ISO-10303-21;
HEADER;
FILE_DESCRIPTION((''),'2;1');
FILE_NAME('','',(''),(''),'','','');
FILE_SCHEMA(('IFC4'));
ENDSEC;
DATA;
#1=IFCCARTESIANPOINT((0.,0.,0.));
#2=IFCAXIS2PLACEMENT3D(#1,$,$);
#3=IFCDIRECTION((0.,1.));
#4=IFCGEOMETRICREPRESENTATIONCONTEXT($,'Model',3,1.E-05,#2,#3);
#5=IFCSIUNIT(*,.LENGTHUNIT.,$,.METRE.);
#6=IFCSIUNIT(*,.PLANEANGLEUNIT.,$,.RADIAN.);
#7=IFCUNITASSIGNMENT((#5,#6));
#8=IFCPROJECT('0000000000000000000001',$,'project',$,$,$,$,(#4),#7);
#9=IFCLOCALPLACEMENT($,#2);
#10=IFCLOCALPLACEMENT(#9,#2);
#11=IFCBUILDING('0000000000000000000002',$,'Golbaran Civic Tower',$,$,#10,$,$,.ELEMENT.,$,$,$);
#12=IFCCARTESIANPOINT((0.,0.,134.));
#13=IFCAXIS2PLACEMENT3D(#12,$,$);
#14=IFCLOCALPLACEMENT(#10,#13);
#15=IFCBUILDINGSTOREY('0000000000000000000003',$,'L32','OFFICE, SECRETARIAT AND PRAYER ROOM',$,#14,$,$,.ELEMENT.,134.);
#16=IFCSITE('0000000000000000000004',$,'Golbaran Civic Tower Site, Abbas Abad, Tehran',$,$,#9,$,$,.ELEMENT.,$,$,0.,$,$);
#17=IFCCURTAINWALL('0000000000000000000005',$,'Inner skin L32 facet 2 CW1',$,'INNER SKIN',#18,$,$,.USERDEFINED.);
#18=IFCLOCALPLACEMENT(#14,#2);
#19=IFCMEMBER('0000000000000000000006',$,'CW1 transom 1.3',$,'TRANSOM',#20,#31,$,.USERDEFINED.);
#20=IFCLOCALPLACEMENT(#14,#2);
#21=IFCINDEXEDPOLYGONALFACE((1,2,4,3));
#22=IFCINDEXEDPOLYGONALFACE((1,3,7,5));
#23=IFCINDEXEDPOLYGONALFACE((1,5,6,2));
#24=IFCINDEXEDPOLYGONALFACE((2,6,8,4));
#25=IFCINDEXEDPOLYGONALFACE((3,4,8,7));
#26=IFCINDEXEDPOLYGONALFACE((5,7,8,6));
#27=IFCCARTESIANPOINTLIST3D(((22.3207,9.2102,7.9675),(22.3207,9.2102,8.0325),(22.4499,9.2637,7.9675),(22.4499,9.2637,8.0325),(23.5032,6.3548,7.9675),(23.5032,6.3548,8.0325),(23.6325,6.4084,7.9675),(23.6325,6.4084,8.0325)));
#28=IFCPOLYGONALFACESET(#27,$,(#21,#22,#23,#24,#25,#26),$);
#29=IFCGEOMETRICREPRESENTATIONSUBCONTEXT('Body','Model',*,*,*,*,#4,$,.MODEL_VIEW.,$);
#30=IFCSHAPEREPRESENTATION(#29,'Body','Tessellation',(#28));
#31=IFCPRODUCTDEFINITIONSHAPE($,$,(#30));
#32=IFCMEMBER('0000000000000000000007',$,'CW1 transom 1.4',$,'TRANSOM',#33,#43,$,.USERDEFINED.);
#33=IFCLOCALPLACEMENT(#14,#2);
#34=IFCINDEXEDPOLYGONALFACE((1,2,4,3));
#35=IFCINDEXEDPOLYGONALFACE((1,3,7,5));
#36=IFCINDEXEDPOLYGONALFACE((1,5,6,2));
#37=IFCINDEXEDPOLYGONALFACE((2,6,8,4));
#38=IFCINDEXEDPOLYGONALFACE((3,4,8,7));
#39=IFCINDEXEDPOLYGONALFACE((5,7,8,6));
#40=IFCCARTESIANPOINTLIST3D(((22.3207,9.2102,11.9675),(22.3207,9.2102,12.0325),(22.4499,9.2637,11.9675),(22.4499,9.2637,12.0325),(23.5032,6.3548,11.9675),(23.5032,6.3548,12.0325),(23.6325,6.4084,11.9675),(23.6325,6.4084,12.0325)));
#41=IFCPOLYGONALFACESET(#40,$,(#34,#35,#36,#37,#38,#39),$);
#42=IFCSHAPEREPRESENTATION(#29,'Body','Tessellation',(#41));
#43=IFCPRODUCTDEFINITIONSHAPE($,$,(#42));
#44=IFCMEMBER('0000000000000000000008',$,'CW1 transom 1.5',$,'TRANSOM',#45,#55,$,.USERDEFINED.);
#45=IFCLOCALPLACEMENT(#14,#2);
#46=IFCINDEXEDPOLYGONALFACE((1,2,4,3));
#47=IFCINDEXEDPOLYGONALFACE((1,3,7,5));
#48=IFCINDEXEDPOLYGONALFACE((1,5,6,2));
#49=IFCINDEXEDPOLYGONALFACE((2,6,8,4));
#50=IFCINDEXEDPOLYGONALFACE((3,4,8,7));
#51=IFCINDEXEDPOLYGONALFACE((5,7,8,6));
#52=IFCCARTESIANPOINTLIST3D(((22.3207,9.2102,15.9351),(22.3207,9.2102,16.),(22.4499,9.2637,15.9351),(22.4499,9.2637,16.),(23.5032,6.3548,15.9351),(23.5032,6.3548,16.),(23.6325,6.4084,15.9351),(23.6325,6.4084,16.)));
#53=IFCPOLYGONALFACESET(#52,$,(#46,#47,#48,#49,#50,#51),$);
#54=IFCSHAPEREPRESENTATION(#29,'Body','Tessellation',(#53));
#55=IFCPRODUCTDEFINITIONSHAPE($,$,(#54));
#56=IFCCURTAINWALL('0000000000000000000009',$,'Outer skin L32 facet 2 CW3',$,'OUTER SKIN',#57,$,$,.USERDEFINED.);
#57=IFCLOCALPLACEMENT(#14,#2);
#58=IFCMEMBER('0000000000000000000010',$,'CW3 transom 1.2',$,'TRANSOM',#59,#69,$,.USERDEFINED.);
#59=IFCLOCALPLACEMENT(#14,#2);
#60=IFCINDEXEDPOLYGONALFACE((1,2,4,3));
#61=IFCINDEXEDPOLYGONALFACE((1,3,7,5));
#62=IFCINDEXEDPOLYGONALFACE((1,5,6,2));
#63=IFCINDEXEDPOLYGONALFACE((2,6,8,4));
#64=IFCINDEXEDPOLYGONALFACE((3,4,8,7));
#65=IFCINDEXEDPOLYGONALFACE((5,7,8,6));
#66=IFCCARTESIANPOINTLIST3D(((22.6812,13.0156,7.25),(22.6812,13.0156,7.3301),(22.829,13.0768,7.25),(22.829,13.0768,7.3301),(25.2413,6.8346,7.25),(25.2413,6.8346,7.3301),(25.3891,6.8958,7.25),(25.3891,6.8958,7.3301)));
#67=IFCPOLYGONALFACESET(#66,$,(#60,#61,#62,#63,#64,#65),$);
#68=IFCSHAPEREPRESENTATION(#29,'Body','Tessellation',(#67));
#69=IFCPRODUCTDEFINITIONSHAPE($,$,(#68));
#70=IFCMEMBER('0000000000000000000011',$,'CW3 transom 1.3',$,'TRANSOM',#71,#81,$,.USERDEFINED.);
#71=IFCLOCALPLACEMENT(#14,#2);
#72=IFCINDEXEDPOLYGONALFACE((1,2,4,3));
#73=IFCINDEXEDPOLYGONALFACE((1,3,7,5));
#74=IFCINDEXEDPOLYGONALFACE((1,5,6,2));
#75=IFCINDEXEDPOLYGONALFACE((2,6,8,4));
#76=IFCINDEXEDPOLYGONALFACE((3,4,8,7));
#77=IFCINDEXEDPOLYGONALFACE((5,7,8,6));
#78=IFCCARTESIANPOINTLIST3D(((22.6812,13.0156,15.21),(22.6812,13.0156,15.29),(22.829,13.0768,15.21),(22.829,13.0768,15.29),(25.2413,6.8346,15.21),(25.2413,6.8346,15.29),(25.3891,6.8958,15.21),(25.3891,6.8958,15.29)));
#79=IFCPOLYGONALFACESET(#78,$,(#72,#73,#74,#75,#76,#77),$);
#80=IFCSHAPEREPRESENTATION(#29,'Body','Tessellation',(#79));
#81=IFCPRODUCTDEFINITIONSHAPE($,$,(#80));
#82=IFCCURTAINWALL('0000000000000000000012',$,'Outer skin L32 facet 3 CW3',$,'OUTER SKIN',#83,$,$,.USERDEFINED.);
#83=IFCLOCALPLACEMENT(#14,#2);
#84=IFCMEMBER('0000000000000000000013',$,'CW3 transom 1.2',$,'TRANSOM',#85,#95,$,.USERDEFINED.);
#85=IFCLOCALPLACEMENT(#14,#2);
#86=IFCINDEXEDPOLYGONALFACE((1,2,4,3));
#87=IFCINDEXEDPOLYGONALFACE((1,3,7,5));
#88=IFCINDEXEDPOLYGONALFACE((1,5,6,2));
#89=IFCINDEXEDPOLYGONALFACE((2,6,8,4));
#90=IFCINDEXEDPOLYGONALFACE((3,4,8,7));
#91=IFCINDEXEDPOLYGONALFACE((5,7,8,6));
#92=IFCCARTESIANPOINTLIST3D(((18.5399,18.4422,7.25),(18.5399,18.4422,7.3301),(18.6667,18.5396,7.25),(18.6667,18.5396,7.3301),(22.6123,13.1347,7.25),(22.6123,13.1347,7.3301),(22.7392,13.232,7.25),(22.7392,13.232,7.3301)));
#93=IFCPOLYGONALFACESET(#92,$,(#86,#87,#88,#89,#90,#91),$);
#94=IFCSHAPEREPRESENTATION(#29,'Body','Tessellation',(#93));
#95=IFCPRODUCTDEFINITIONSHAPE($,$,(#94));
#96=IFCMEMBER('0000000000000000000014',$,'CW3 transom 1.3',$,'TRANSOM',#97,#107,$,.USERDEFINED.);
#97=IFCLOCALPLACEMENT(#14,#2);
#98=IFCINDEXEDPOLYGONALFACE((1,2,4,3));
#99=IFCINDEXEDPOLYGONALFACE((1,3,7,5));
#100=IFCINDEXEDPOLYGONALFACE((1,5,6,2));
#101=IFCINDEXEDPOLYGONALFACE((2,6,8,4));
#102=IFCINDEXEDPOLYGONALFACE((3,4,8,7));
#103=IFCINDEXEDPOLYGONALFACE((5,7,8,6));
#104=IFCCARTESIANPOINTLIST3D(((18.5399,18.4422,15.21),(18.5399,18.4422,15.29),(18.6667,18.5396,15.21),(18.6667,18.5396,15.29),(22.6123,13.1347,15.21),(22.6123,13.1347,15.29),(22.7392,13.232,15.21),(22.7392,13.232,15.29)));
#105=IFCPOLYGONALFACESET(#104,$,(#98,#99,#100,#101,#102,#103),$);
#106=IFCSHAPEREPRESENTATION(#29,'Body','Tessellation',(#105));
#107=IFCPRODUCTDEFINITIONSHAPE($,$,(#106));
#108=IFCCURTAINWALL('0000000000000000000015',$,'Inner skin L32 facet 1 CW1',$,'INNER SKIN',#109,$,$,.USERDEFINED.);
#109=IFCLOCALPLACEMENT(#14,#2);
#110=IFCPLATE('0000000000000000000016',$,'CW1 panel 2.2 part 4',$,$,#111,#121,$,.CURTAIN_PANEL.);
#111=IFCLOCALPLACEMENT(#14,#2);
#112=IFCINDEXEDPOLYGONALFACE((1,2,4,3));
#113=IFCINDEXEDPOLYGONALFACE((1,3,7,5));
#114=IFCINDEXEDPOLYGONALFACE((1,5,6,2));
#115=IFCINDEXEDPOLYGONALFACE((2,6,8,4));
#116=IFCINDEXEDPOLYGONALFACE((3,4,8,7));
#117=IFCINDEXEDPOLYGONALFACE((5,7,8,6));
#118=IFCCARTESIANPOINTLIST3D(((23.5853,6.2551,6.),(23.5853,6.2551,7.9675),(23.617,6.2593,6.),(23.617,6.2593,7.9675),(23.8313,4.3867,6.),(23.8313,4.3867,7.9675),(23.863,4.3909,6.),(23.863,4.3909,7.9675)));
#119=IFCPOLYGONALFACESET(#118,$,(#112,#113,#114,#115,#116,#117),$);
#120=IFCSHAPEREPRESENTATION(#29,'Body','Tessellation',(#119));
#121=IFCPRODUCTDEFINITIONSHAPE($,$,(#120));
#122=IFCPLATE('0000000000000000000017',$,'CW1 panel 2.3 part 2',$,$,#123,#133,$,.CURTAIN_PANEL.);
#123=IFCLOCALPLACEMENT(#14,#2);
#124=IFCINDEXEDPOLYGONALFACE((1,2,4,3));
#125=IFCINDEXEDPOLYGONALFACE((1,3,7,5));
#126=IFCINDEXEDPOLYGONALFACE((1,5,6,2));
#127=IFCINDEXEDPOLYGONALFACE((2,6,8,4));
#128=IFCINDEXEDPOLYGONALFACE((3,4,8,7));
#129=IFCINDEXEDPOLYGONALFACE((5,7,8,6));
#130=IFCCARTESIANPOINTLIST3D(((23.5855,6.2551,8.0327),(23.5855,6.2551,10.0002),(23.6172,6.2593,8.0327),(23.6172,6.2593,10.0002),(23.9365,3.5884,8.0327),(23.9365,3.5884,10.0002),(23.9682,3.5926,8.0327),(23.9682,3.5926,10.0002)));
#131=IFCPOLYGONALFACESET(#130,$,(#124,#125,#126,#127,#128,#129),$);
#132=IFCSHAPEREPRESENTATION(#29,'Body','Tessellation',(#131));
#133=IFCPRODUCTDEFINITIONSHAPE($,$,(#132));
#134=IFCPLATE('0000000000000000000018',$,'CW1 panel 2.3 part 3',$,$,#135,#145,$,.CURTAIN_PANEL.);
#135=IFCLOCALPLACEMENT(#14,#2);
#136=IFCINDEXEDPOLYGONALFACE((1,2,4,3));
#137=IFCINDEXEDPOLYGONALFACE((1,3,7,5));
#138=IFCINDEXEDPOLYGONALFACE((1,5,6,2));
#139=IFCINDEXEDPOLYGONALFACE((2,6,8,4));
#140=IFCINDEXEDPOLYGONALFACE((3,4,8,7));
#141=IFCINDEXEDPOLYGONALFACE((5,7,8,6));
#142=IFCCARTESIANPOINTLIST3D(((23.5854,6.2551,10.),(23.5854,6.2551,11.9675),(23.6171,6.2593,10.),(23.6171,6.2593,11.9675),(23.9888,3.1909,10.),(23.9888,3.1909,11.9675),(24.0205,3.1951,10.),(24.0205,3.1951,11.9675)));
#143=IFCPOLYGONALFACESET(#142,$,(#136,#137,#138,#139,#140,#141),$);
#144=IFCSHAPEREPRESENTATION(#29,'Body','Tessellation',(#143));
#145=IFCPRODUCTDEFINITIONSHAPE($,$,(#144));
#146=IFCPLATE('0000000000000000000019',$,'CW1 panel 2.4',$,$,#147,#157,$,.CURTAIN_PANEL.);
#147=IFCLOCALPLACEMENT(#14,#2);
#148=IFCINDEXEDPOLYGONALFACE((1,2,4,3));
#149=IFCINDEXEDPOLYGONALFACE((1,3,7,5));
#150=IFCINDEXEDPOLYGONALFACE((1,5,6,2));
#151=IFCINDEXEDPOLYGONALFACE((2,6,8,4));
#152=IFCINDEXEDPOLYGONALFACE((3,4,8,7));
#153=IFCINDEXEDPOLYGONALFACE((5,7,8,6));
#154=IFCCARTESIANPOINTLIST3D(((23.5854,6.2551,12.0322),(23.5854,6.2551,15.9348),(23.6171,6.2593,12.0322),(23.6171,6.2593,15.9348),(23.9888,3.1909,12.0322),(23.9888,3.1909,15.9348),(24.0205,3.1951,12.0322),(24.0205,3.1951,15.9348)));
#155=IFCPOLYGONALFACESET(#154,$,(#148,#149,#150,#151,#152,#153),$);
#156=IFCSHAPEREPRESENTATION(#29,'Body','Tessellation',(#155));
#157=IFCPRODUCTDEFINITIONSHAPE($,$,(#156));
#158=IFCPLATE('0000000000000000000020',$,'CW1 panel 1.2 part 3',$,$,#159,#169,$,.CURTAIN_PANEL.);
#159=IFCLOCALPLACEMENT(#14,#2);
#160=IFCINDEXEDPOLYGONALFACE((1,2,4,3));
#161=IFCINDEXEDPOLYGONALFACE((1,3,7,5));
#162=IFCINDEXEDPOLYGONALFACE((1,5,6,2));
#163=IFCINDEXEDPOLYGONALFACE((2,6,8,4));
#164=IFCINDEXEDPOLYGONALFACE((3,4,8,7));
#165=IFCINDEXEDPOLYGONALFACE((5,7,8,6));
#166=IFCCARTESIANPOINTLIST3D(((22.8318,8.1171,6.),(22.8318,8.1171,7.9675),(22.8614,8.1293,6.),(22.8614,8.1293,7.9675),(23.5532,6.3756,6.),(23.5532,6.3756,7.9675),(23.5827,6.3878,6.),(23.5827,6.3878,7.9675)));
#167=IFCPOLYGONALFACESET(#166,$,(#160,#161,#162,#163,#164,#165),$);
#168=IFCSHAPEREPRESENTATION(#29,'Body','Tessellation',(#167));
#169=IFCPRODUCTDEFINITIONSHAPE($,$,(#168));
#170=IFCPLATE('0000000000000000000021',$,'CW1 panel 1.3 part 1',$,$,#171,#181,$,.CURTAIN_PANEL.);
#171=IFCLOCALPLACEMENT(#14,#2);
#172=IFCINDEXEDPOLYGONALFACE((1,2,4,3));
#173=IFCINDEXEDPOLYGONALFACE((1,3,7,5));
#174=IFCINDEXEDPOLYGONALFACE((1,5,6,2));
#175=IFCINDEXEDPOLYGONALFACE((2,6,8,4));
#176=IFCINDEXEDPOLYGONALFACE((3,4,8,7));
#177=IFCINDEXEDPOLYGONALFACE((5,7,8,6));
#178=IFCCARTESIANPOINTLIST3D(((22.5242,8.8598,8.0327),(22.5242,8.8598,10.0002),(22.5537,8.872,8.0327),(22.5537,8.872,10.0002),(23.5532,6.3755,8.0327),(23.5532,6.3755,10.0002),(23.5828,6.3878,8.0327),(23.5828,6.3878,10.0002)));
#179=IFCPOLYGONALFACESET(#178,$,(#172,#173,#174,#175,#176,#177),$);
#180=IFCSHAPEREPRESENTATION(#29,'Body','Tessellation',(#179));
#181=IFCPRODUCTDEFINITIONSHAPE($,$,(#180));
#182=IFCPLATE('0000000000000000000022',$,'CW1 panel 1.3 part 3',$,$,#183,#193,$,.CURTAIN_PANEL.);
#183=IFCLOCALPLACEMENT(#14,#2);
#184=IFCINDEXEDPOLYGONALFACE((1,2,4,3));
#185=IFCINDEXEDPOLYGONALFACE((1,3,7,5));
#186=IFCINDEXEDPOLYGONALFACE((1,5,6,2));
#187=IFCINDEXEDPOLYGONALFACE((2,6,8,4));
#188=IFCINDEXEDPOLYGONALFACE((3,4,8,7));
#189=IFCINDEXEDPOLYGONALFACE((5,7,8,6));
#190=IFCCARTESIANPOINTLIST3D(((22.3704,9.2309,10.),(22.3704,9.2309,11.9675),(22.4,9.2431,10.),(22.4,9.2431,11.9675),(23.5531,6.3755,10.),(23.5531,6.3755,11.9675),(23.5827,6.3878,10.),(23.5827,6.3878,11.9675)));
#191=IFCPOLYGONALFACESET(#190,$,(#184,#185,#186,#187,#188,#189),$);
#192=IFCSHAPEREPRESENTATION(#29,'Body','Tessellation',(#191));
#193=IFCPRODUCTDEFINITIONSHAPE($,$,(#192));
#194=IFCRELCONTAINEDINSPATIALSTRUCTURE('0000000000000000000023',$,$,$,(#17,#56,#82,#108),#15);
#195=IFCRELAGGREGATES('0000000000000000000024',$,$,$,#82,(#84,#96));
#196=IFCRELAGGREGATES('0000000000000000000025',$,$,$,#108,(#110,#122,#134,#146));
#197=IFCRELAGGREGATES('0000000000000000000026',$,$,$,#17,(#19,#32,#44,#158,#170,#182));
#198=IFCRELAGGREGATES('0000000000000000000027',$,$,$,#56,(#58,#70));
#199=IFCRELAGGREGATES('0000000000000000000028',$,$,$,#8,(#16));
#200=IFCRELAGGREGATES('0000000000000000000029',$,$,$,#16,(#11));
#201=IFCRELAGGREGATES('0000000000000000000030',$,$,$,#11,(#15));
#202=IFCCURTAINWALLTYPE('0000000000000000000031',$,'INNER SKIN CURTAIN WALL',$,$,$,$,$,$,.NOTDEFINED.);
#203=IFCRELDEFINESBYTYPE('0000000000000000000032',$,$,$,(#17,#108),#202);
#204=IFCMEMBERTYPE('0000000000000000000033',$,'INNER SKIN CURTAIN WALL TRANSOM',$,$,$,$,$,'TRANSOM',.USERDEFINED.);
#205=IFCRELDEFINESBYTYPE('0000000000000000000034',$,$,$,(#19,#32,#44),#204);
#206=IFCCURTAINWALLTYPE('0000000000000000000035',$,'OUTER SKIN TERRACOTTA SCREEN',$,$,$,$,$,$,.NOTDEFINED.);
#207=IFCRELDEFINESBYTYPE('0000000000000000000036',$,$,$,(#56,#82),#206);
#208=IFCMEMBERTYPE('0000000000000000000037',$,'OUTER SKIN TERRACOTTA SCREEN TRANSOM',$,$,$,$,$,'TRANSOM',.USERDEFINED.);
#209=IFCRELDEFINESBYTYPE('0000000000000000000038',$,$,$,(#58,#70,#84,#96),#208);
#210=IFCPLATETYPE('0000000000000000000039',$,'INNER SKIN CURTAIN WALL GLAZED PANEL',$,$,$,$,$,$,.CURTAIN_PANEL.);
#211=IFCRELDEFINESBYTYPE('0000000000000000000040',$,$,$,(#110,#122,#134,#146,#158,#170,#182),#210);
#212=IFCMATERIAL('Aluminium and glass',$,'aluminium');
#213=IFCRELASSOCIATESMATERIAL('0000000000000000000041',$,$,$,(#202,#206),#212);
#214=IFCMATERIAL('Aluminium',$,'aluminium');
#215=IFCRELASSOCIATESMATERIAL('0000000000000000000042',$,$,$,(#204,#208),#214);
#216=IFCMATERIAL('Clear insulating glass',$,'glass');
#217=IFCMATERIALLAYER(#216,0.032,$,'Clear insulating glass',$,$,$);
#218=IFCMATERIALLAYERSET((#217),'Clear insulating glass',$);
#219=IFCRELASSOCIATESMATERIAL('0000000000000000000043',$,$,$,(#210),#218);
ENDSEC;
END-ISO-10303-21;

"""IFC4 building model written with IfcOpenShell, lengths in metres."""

from ifc_helpers import new_model, si_unit, direction, frame, origin, origin_2d, place, context, subcontext, project, spatial, rectangle, extrude, material, layer, layer_set, material_profile, profile_set, type_object, element, aggregate, save


model = new_model("IFC4")

# Units and contexts
model_context = context("Model", 3, precision=1e-05, world=origin(), true_north=direction((0.0, 1.0)))
body_context = subcontext(model_context, "Body", "Model", "MODEL_VIEW")
ifc_project = project(units=[si_unit("LENGTHUNIT", "METRE"), si_unit("PLANEANGLEUNIT", "RADIAN")], contexts=[model_context])

# Site, building, storey
site_placement = place(None, origin())
site = spatial("IfcSite", under=ifc_project, at=site_placement, Name="Golbaran Civic Tower Site, Abbas Abad, Tehran", CompositionType="ELEMENT", RefElevation=0.0)
building_placement = place(site_placement, origin())
building = spatial("IfcBuilding", under=site, at=building_placement, Name="Golbaran Civic Tower", CompositionType="ELEMENT")
storey_placement = place(building_placement, frame((0.0, 0.0, 134.0)))
storey = spatial("IfcBuildingStorey", under=building, at=storey_placement, Name="L32", Description="OFFICE, SECRETARIAT AND PRAYER ROOM", CompositionType="ELEMENT", Elevation=134.0)

# Curtain walls, members
ifc_material_1 = material(Name="Aluminium and glass", Category="aluminium")
curtain_wall_type_1 = type_object("IfcCurtainWallType", Name="INNER SKIN CURTAIN WALL", PredefinedType="NOTDEFINED", material=ifc_material_1)
curtain_wall_1_placement = place(storey_placement, origin())
curtain_wall_1 = element("IfcCurtainWall", 1, at=curtain_wall_1_placement, inside=storey, type_object=curtain_wall_type_1, Name="Inner skin L32 facet 2 CW1", ObjectType="INNER SKIN", PredefinedType="USERDEFINED")
ifc_material_2 = material(Name="Aluminium", Category="aluminium")
ifc_material_profile_1 = material_profile(ifc_material_2, rectangle(XDim=0.1399, YDim=0.0649, at=origin_2d()), Name="INNER SKIN CURTAIN WALL TRANSOM")
ifc_profile_set_1 = profile_set([ifc_material_profile_1], Name="Aluminium")
member_type_1 = type_object("IfcMemberType", Name="INNER SKIN CURTAIN WALL TRANSOM", ElementType="TRANSOM", PredefinedType="USERDEFINED", material=ifc_profile_set_1)
member_1_placement = place(storey_placement, frame((23.5679, 6.3816, 8.0), z_axis=(-0.38264, 0.923897, 0.0), x_axis=(-0.923897, -0.38264, 0.0)))
member_1 = element("IfcMember", 2, at=member_1_placement, type_object=member_type_1, Name="CW1 transom 1.3", ObjectType="TRANSOM", PredefinedType="USERDEFINED", context=body_context, shape_type="SweptSolid", body=[
    extrude(rectangle(XDim=0.1399, YDim=0.0649, at=origin_2d()), origin(), (0.0, 0.0, 1.0), 3.0906),
])
member_2_placement = place(storey_placement, frame((23.5679, 6.3816, 12.0), z_axis=(-0.38264, 0.923897, 0.0), x_axis=(-0.923897, -0.38264, 0.0)))
member_2 = element("IfcMember", 3, at=member_2_placement, type_object=member_type_1, Name="CW1 transom 1.4", ObjectType="TRANSOM", PredefinedType="USERDEFINED", context=body_context, shape_type="SweptSolid", body=[
    extrude(rectangle(XDim=0.1399, YDim=0.0649, at=origin_2d()), origin(), (0.0, 0.0, 1.0), 3.0906),
])
member_3_placement = place(storey_placement, frame((23.5679, 6.3816, 15.9675), z_axis=(-0.38264, 0.923897, 0.0), x_axis=(-0.923897, -0.38264, 0.0)))
member_3 = element("IfcMember", 4, at=member_3_placement, type_object=member_type_1, Name="CW1 transom 1.5", ObjectType="TRANSOM", PredefinedType="USERDEFINED", context=body_context, shape_type="SweptSolid", body=[
    extrude(rectangle(XDim=0.1399, YDim=0.0649, at=origin_2d()), origin(), (0.0, 0.0, 1.0), 3.0906),
])
curtain_wall_type_2 = type_object("IfcCurtainWallType", Name="OUTER SKIN TERRACOTTA SCREEN", PredefinedType="NOTDEFINED", material=ifc_material_1)
curtain_wall_2_placement = place(storey_placement, origin())
curtain_wall_2 = element("IfcCurtainWall", 5, at=curtain_wall_2_placement, inside=storey, type_object=curtain_wall_type_2, Name="Outer skin L32 facet 2 CW3", ObjectType="OUTER SKIN", PredefinedType="USERDEFINED")
ifc_material_profile_2 = material_profile(ifc_material_2, rectangle(XDim=0.1599, YDim=0.0801, at=origin_2d()), Name="OUTER SKIN TERRACOTTA SCREEN TRANSOM")
ifc_profile_set_2 = profile_set([ifc_material_profile_2], Name="Aluminium")
member_type_2 = type_object("IfcMemberType", Name="OUTER SKIN TERRACOTTA SCREEN TRANSOM", ElementType="TRANSOM", PredefinedType="USERDEFINED", material=ifc_profile_set_2)
member_4_placement = place(storey_placement, frame((25.3152, 6.8652, 7.29), z_axis=(-0.382663, 0.923888, 0.0), x_axis=(-0.923888, -0.382663, 0.0)))
member_4 = element("IfcMember", 6, at=member_4_placement, type_object=member_type_2, Name="CW3 transom 1.2", ObjectType="TRANSOM", PredefinedType="USERDEFINED", context=body_context, shape_type="SweptSolid", body=[
    extrude(rectangle(XDim=0.1599, YDim=0.0801, at=origin_2d()), origin(), (0.0, 0.0, 1.0), 6.6902),
])
member_5_placement = place(storey_placement, frame((25.3152, 6.8652, 15.25), z_axis=(-0.382663, 0.923888, 0.0), x_axis=(-0.923888, -0.382663, 0.0)))
member_5 = element("IfcMember", 7, at=member_5_placement, type_object=member_type_2, Name="CW3 transom 1.3", ObjectType="TRANSOM", PredefinedType="USERDEFINED", context=body_context, shape_type="SweptSolid", body=[
    extrude(rectangle(XDim=0.1599, YDim=0.0801, at=origin_2d()), origin(), (0.0, 0.0, 1.0), 6.6902),
])
curtain_wall_3_placement = place(storey_placement, origin())
curtain_wall_3 = element("IfcCurtainWall", 8, at=curtain_wall_3_placement, inside=storey, type_object=curtain_wall_type_2, Name="Outer skin L32 facet 3 CW3", ObjectType="OUTER SKIN", PredefinedType="USERDEFINED")
member_6_placement = place(storey_placement, frame((22.6758, 13.1833, 7.29), z_axis=(-0.608746, 0.793365, 0.0), x_axis=(-0.793365, -0.608746, 0.0)))
member_6 = element("IfcMember", 9, at=member_6_placement, type_object=member_type_2, Name="CW3 transom 1.2", ObjectType="TRANSOM", PredefinedType="USERDEFINED", context=body_context, shape_type="SweptSolid", body=[
    extrude(rectangle(XDim=0.1599, YDim=0.0801, at=origin_2d()), origin(), (0.0, 0.0, 1.0), 6.6899),
])
member_7_placement = place(storey_placement, frame((22.6758, 13.1833, 15.25), z_axis=(-0.608746, 0.793365, 0.0), x_axis=(-0.793365, -0.608746, 0.0)))
member_7 = element("IfcMember", 10, at=member_7_placement, type_object=member_type_2, Name="CW3 transom 1.3", ObjectType="TRANSOM", PredefinedType="USERDEFINED", context=body_context, shape_type="SweptSolid", body=[
    extrude(rectangle(XDim=0.1599, YDim=0.0801, at=origin_2d()), origin(), (0.0, 0.0, 1.0), 6.6899),
])
aggregate(curtain_wall_3, [member_6, member_7])

# Curtain wall, plates
curtain_wall_4_placement = place(storey_placement, origin())
curtain_wall_4 = element("IfcCurtainWall", 11, at=curtain_wall_4_placement, inside=storey, type_object=curtain_wall_type_1, Name="Inner skin L32 facet 1 CW1", ObjectType="INNER SKIN", PredefinedType="USERDEFINED")
ifc_material_3 = material(Name="Clear insulating glass", Category="glass")
ifc_layer_1 = layer(ifc_material_3, 0.032, Name="Clear insulating glass")
ifc_layer_set_1 = layer_set([ifc_layer_1], Name="Clear insulating glass")
plate_type_1 = type_object("IfcPlateType", Name="INNER SKIN CURTAIN WALL GLAZED PANEL", PredefinedType="CURTAIN_PANEL", material=ifc_layer_set_1)
plate_1_placement = place(storey_placement, frame((23.7241, 5.323, 6.0), z_axis=(0.0, 0.0, 1.0), x_axis=(-0.130526, 0.991445, 0.0)))
plate_1 = element("IfcPlate", 12, at=plate_1_placement, type_object=plate_type_1, Name="CW1 panel 2.2 part 4", PredefinedType="CURTAIN_PANEL", context=body_context, shape_type="SweptSolid", body=[
    extrude(rectangle(XDim=1.8845, YDim=0.032, at=origin_2d()), origin(), (0.0, 0.0, 1.0), 1.9675),
])
plate_2_placement = place(storey_placement, frame((23.7769, 4.9238, 8.0327), z_axis=(0.0, 0.0, 1.0), x_axis=(-0.130526, 0.991445, 0.0)))
plate_2 = element("IfcPlate", 13, at=plate_2_placement, type_object=plate_type_1, Name="CW1 panel 2.3 part 2", PredefinedType="CURTAIN_PANEL", context=body_context, shape_type="SweptSolid", body=[
    extrude(rectangle(XDim=2.6897, YDim=0.032, at=origin_2d()), origin(), (0.0, 0.0, 1.0), 1.9675),
])
plate_3_placement = place(storey_placement, frame((23.803, 4.7251, 10.0), z_axis=(0.0, 0.0, 1.0), x_axis=(-0.130526, 0.991445, 0.0)))
plate_3 = element("IfcPlate", 14, at=plate_3_placement, type_object=plate_type_1, Name="CW1 panel 2.3 part 3", PredefinedType="CURTAIN_PANEL", context=body_context, shape_type="SweptSolid", body=[
    extrude(rectangle(XDim=3.0906, YDim=0.032, at=origin_2d()), origin(), (0.0, 0.0, 1.0), 1.9675),
])
plate_4_placement = place(storey_placement, frame((23.803, 4.7251, 12.0322), z_axis=(0.0, 0.0, 1.0), x_axis=(-0.130526, 0.991445, 0.0)))
plate_4 = element("IfcPlate", 15, at=plate_4_placement, type_object=plate_type_1, Name="CW1 panel 2.4", PredefinedType="CURTAIN_PANEL", context=body_context, shape_type="SweptSolid", body=[
    extrude(rectangle(XDim=3.0906, YDim=0.032, at=origin_2d()), origin(), (0.0, 0.0, 1.0), 3.9026),
])

# Plates
plate_5_placement = place(storey_placement, frame((23.2073, 7.2524, 6.0), z_axis=(0.0, 0.0, 1.0), x_axis=(-0.382683, 0.92388, 0.0)))
plate_5 = element("IfcPlate", 16, at=plate_5_placement, type_object=plate_type_1, Name="CW1 panel 1.2 part 3", PredefinedType="CURTAIN_PANEL", context=body_context, shape_type="SweptSolid", body=[
    extrude(rectangle(XDim=1.885, YDim=0.032, at=origin_2d()), origin(), (0.0, 0.0, 1.0), 1.9675),
])
plate_6_placement = place(storey_placement, frame((23.0535, 7.6238, 8.0327), z_axis=(0.0, 0.0, 1.0), x_axis=(-0.382683, 0.92388, 0.0)))
plate_6 = element("IfcPlate", 17, at=plate_6_placement, type_object=plate_type_1, Name="CW1 panel 1.3 part 1", PredefinedType="CURTAIN_PANEL", context=body_context, shape_type="SweptSolid", body=[
    extrude(rectangle(XDim=2.689, YDim=0.032, at=origin_2d()), origin(), (0.0, 0.0, 1.0), 1.9675),
])
plate_7_placement = place(storey_placement, frame((22.9766, 7.8093, 10.0), z_axis=(0.0, 0.0, 1.0), x_axis=(-0.382683, 0.92388, 0.0)))
plate_7 = element("IfcPlate", 18, at=plate_7_placement, type_object=plate_type_1, Name="CW1 panel 1.3 part 3", PredefinedType="CURTAIN_PANEL", context=body_context, shape_type="SweptSolid", body=[
    extrude(rectangle(XDim=3.0906, YDim=0.032, at=origin_2d()), origin(), (0.0, 0.0, 1.0), 1.9675),
])
aggregate(curtain_wall_4, [plate_1, plate_2, plate_3, plate_4])
aggregate(curtain_wall_1, [member_1, member_2, member_3, plate_5, plate_6, plate_7])
aggregate(curtain_wall_2, [member_4, member_5])

save(model, "model.ifc")
